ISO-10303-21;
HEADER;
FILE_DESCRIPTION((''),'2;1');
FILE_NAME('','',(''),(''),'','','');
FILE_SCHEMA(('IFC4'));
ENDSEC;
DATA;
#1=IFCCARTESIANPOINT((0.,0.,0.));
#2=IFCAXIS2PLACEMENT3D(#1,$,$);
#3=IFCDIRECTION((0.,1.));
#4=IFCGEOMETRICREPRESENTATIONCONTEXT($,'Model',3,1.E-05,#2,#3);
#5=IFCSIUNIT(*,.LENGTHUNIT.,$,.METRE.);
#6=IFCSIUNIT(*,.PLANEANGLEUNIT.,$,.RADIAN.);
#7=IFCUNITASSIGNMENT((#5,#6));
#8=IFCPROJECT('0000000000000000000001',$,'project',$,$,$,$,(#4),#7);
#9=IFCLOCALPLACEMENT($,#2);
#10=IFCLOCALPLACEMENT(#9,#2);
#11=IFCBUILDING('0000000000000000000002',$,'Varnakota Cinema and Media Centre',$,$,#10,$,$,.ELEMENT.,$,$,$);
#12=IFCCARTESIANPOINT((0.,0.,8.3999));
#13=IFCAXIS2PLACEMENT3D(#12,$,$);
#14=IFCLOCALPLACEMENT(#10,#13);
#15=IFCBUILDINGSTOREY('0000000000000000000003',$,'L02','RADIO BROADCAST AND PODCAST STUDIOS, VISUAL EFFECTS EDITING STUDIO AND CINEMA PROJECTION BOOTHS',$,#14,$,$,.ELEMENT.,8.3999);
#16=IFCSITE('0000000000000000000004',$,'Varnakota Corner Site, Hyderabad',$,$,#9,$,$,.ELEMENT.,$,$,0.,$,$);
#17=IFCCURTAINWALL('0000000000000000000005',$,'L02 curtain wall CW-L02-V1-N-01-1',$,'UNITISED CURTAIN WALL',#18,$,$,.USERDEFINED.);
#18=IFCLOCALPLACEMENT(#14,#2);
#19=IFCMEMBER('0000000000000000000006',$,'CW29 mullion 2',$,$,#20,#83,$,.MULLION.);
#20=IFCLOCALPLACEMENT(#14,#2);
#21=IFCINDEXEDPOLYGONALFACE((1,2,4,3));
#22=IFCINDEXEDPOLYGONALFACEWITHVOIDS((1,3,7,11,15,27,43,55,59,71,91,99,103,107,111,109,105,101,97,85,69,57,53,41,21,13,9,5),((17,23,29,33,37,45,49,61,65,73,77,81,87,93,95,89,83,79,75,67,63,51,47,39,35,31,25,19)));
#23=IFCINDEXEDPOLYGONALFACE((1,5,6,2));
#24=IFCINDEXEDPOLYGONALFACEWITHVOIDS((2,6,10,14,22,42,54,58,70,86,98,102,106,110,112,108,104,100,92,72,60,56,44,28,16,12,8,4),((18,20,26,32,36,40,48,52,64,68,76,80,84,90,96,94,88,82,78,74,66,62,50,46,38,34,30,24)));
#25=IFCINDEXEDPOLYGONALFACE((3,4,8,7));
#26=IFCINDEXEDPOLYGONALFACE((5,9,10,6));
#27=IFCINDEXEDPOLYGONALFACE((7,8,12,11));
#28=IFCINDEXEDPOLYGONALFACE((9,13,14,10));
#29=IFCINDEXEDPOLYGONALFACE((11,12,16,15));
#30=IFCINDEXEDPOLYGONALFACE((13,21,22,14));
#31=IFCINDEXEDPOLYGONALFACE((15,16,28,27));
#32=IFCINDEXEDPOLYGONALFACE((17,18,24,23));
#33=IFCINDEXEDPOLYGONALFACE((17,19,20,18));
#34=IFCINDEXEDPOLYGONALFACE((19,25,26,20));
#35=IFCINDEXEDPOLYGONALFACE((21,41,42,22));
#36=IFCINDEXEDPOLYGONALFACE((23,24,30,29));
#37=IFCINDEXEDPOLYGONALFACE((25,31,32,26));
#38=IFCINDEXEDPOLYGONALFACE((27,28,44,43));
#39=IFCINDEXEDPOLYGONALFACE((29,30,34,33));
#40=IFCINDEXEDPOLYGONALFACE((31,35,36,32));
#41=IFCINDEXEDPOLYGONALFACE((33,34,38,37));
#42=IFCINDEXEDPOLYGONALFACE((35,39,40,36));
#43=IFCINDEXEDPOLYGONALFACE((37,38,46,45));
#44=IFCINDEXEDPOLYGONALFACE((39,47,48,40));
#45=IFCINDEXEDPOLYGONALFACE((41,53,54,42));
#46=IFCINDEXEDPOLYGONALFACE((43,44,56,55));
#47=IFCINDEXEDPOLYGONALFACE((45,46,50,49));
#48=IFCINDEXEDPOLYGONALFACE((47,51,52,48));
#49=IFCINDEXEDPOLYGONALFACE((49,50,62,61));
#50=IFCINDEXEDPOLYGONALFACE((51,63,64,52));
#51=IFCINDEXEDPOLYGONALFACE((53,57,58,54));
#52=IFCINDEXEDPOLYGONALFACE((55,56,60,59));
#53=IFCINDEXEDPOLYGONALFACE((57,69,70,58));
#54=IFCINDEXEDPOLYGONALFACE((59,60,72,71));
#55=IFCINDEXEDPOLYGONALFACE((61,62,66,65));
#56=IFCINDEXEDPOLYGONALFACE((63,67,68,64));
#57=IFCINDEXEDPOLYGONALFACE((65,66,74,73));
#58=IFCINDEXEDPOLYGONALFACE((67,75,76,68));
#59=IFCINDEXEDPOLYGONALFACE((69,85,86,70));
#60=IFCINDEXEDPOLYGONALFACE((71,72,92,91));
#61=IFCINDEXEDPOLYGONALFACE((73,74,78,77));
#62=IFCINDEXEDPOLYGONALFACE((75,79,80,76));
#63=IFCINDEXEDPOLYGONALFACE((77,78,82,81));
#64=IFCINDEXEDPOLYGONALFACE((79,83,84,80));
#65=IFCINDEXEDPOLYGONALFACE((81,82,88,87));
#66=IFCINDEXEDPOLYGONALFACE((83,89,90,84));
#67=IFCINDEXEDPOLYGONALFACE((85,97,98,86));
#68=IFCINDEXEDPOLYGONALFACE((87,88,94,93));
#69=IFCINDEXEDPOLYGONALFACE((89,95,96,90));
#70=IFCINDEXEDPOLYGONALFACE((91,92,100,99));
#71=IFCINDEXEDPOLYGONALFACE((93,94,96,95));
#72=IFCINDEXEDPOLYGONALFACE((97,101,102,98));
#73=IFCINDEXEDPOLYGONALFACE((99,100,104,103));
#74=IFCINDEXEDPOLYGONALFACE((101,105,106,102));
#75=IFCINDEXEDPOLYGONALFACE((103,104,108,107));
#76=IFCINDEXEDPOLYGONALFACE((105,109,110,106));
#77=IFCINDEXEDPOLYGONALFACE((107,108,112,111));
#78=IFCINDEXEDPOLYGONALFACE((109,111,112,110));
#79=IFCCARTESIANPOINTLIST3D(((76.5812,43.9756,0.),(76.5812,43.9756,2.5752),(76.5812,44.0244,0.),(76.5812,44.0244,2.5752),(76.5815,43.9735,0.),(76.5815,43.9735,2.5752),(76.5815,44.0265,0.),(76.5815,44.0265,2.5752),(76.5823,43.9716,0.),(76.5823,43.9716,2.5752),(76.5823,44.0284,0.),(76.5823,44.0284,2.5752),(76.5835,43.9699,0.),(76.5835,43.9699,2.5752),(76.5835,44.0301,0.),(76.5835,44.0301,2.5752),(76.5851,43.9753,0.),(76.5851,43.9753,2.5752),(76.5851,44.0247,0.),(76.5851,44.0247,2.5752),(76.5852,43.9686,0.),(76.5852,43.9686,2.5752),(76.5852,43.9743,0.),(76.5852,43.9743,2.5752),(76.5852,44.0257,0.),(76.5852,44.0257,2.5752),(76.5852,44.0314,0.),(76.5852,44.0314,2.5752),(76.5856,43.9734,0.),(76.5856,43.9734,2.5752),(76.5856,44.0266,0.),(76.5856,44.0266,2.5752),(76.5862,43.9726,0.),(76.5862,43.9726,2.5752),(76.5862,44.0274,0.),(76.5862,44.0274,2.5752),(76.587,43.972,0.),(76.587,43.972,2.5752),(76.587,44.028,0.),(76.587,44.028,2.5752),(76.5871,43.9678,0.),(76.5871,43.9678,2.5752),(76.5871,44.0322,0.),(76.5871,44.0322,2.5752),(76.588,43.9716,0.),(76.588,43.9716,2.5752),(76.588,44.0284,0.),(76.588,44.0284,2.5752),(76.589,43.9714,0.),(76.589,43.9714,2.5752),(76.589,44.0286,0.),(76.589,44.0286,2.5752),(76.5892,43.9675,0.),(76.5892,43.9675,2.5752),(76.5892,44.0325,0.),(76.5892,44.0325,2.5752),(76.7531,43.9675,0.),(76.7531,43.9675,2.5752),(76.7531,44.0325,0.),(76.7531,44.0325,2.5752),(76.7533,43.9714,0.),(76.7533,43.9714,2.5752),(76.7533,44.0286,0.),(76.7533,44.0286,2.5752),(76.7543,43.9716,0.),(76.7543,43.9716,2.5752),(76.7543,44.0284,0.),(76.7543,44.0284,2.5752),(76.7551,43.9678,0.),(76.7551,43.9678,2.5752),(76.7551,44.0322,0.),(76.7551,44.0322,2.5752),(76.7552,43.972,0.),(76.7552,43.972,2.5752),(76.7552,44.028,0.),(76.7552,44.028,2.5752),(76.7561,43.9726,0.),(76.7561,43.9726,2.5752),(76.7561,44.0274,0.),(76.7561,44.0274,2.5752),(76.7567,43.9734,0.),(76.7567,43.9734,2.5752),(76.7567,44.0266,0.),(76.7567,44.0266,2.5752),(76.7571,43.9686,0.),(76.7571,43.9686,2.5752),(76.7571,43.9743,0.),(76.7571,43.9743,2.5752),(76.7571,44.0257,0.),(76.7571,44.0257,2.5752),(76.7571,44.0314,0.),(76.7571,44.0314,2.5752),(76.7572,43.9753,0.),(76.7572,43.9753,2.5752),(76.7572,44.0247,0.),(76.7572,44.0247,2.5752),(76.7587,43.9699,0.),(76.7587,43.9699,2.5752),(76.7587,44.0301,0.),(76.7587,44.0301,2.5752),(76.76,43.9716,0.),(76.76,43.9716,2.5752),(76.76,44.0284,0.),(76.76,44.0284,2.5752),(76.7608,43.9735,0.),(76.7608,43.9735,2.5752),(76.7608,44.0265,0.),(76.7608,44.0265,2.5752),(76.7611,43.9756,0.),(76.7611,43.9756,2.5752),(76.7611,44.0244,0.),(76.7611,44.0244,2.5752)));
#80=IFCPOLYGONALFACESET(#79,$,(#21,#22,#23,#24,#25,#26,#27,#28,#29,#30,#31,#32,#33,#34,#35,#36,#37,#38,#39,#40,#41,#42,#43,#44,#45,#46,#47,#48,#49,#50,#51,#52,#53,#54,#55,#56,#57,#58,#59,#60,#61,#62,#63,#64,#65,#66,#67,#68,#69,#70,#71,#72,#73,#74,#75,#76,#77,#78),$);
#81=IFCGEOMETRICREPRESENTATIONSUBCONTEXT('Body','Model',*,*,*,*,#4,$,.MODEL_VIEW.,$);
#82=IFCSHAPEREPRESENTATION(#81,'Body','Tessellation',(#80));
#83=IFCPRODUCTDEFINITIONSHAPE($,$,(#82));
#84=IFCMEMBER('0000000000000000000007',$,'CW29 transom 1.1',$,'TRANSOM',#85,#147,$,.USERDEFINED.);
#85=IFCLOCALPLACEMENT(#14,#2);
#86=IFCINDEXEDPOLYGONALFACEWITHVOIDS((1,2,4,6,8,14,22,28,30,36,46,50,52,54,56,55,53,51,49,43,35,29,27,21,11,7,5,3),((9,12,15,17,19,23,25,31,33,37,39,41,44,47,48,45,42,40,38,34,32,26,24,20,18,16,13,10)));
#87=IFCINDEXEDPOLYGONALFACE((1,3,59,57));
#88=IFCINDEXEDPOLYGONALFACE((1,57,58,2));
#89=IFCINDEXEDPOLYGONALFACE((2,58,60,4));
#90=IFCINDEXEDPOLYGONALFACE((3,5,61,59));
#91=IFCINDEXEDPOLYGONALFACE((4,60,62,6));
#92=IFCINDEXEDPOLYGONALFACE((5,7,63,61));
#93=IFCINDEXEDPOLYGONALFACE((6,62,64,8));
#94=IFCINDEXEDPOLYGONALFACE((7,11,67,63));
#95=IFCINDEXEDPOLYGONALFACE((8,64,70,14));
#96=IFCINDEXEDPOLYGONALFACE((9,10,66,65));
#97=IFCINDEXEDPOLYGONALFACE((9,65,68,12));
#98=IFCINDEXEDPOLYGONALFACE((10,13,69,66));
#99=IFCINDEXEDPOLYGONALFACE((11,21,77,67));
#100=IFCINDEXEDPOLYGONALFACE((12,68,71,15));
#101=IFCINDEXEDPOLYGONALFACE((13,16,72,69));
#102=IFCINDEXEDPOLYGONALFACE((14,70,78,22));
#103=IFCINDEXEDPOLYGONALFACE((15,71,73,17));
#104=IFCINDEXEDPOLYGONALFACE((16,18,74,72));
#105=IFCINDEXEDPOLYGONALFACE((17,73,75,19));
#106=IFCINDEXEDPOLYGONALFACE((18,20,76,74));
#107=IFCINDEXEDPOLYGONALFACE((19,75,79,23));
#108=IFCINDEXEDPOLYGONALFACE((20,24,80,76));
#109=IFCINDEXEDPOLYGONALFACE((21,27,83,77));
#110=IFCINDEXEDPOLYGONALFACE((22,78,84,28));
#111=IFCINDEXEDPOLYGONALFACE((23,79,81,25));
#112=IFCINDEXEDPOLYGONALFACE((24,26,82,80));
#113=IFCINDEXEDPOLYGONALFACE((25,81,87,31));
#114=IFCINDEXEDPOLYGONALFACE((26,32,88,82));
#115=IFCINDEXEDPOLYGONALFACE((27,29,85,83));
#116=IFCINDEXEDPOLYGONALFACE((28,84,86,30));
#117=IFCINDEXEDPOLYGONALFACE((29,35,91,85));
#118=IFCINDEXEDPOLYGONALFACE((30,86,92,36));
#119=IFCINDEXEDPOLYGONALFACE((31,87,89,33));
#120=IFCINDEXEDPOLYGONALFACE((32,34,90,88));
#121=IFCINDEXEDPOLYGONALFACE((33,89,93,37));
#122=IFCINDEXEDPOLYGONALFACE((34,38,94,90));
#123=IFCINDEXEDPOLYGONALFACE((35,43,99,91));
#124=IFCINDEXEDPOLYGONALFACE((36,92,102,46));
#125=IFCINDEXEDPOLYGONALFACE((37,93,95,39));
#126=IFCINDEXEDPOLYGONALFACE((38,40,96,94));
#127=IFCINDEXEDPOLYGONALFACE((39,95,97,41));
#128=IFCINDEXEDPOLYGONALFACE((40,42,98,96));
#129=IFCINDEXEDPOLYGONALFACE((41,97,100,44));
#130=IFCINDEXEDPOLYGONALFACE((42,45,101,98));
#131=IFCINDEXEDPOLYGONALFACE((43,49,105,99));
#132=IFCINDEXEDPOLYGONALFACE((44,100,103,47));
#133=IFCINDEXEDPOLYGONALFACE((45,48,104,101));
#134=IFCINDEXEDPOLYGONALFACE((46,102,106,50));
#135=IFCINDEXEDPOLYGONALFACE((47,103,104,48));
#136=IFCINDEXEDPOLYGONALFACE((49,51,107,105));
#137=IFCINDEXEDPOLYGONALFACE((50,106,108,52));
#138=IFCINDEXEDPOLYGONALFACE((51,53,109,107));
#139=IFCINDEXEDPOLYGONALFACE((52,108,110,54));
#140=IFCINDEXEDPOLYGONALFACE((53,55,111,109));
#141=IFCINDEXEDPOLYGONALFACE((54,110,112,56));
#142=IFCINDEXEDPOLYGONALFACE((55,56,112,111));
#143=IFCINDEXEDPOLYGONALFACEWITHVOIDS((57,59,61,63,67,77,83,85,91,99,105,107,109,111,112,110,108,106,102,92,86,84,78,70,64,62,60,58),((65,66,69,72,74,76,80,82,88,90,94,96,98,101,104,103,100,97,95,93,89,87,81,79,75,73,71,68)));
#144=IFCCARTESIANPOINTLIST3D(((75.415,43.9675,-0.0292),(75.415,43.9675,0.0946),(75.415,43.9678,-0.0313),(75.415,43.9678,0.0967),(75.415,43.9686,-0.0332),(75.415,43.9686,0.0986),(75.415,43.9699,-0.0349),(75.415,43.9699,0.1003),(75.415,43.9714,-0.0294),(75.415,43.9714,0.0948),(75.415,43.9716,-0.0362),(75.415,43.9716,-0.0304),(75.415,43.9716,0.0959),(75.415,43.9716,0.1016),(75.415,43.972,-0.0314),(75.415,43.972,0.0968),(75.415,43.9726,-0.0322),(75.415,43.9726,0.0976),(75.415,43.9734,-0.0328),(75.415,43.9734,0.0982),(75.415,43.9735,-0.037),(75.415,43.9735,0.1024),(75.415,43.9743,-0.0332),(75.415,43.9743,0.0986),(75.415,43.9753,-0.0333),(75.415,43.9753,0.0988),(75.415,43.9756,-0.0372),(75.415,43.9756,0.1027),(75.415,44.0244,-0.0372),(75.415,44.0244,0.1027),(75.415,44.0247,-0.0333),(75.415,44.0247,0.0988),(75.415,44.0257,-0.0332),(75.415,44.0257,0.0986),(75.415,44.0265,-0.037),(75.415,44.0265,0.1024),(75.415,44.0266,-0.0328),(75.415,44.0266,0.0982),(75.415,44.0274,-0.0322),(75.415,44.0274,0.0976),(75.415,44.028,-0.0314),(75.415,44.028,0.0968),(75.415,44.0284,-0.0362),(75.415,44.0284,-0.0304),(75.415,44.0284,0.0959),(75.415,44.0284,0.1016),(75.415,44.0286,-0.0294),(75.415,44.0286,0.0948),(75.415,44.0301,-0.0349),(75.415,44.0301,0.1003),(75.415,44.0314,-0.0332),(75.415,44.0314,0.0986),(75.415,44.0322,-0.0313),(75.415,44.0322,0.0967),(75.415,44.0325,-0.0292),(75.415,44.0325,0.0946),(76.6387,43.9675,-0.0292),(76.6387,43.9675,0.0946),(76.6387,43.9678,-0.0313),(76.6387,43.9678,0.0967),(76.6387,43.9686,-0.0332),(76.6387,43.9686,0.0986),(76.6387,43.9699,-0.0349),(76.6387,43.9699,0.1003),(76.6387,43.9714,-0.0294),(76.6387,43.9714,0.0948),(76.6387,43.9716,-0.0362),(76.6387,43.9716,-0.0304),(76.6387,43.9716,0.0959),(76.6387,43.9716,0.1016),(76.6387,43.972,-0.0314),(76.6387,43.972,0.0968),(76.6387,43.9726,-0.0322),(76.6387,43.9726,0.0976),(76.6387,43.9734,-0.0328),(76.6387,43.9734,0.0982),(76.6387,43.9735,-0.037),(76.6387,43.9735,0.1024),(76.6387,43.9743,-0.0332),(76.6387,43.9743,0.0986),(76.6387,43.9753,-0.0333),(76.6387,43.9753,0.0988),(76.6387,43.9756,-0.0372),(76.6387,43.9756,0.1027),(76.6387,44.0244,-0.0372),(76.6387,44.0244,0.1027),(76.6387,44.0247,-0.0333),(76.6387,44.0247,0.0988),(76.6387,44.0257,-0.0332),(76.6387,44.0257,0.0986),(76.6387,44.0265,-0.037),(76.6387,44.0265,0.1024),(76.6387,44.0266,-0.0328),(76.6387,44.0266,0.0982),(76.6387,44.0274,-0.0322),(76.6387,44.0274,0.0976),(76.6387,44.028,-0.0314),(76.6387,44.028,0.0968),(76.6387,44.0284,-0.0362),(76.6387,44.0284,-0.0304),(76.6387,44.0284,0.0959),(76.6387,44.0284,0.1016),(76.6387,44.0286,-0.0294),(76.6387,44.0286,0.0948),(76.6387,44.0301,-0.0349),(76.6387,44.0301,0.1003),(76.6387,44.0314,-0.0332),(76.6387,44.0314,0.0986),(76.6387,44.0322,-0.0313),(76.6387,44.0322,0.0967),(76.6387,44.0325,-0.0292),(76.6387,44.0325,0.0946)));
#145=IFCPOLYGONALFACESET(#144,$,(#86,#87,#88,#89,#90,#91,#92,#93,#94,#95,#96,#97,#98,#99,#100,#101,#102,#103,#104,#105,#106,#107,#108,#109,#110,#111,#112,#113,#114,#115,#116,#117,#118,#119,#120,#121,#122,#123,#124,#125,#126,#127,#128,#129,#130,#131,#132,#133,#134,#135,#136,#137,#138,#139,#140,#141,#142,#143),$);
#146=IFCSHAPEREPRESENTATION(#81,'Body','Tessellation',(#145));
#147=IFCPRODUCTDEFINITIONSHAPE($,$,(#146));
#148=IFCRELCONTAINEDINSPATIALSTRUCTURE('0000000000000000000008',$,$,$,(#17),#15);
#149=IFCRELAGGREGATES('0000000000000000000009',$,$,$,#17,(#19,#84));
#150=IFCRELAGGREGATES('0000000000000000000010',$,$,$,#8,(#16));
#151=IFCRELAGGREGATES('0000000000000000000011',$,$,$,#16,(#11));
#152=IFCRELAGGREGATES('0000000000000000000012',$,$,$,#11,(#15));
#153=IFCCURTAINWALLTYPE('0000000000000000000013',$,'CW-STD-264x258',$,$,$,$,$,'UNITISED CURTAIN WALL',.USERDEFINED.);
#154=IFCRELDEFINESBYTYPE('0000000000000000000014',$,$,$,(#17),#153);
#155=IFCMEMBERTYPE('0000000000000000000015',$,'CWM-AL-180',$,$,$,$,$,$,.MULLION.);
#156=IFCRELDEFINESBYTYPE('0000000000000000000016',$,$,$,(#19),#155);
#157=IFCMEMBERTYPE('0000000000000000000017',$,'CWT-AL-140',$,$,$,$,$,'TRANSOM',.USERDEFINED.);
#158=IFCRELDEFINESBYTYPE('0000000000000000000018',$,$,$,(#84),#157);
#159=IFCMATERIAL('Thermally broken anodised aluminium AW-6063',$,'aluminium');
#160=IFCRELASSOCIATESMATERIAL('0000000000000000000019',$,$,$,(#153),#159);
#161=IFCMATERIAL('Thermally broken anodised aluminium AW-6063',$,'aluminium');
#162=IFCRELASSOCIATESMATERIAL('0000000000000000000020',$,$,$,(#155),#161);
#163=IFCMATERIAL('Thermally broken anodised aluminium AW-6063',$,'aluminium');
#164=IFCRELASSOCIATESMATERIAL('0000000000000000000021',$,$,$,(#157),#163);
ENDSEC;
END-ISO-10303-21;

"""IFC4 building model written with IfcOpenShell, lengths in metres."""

from ifc_helpers import new_model, si_unit, direction, frame, origin, origin_2d, place, context, subcontext, project, spatial, hollow_rectangle, extrude, material, material_profile, profile_set, type_object, element, aggregate, save


model = new_model("IFC4")

# Units and contexts
model_context = context("Model", 3, precision=1e-05, world=origin(), true_north=direction((0.0, 1.0)))
body_context = subcontext(model_context, "Body", "Model", "MODEL_VIEW")
ifc_project = project(units=[si_unit("LENGTHUNIT", "METRE"), si_unit("PLANEANGLEUNIT", "RADIAN")], contexts=[model_context])

# Site, building, storey
site_placement = place(None, origin())
site = spatial("IfcSite", under=ifc_project, at=site_placement, Name="Varnakota Corner Site, Hyderabad", CompositionType="ELEMENT", RefElevation=0.0)
building_placement = place(site_placement, origin())
building = spatial("IfcBuilding", under=site, at=building_placement, Name="Varnakota Cinema and Media Centre", CompositionType="ELEMENT")
storey_placement = place(building_placement, frame((0.0, 0.0, 8.3999)))
storey = spatial("IfcBuildingStorey", under=building, at=storey_placement, Name="L02", Description="RADIO BROADCAST AND PODCAST STUDIOS, VISUAL EFFECTS EDITING STUDIO AND CINEMA PROJECTION BOOTHS", CompositionType="ELEMENT", Elevation=8.3999)

# Curtain wall, members
ifc_material_1 = material(Name="Thermally broken anodised aluminium AW-6063", Category="aluminium")
curtain_wall_type = type_object("IfcCurtainWallType", Name="CW-STD-264x258", ElementType="UNITISED CURTAIN WALL", PredefinedType="USERDEFINED", material=ifc_material_1)
curtain_wall_placement = place(storey_placement, origin())
curtain_wall = element("IfcCurtainWall", 1, at=curtain_wall_placement, inside=storey, type_object=curtain_wall_type, Name="L02 curtain wall CW-L02-V1-N-01-1", ObjectType="UNITISED CURTAIN WALL", PredefinedType="USERDEFINED")
ifc_material_2 = material(Name="Thermally broken anodised aluminium AW-6063", Category="aluminium")
ifc_material_profile_1 = material_profile(ifc_material_2, hollow_rectangle(XDim=0.0649, YDim=0.1799, WallThickness=0.0039, InnerFilletRadius=0.0039, OuterFilletRadius=0.0081, at=origin_2d()), Name="AL-MULLION 180x65x4")
ifc_profile_set_1 = profile_set([ifc_material_profile_1], Name="Thermally broken anodised aluminium AW-6063")
member_type_1 = type_object("IfcMemberType", Name="CWM-AL-180", PredefinedType="MULLION", material=ifc_profile_set_1)
member_1_placement = place(storey_placement, frame((76.6711, 44.0, 0.0), z_axis=(0.0, 0.0, 1.0), x_axis=(0.0, 1.0, 0.0)))
member_1 = element("IfcMember", 2, at=member_1_placement, type_object=member_type_1, Name="CW29 mullion 2", PredefinedType="MULLION", context=body_context, shape_type="SweptSolid", body=[
    extrude(hollow_rectangle(XDim=0.0649, YDim=0.1799, WallThickness=0.0039, InnerFilletRadius=0.0039, OuterFilletRadius=0.0081, at=origin_2d()), origin(), (0.0, 0.0, 1.0), 2.5752),
])
ifc_material_3 = material(Name="Thermally broken anodised aluminium AW-6063", Category="aluminium")
ifc_material_profile_2 = material_profile(ifc_material_3, hollow_rectangle(XDim=0.0649, YDim=0.1399, WallThickness=0.0039, InnerFilletRadius=0.0039, OuterFilletRadius=0.0081, at=origin_2d()), Name="AL-TRANSOM 140x65x4")
ifc_profile_set_2 = profile_set([ifc_material_profile_2], Name="Thermally broken anodised aluminium AW-6063")
member_type_2 = type_object("IfcMemberType", Name="CWT-AL-140", ElementType="TRANSOM", PredefinedType="USERDEFINED", material=ifc_profile_set_2)
member_2_placement = place(storey_placement, frame((75.415, 44.0, 0.0327), z_axis=(1.0, 0.0, 0.0), x_axis=(0.0, 1.0, 0.0)))
member_2 = element("IfcMember", 3, at=member_2_placement, type_object=member_type_2, Name="CW29 transom 1.1", ObjectType="TRANSOM", PredefinedType="USERDEFINED", context=body_context, shape_type="SweptSolid", body=[
    extrude(hollow_rectangle(XDim=0.0649, YDim=0.1399, WallThickness=0.0039, InnerFilletRadius=0.0039, OuterFilletRadius=0.0081, at=origin_2d()), origin(), (0.0, 0.0, 1.0), 1.2236),
])
aggregate(curtain_wall, [member_1, member_2])

save(model, "model.ifc")
